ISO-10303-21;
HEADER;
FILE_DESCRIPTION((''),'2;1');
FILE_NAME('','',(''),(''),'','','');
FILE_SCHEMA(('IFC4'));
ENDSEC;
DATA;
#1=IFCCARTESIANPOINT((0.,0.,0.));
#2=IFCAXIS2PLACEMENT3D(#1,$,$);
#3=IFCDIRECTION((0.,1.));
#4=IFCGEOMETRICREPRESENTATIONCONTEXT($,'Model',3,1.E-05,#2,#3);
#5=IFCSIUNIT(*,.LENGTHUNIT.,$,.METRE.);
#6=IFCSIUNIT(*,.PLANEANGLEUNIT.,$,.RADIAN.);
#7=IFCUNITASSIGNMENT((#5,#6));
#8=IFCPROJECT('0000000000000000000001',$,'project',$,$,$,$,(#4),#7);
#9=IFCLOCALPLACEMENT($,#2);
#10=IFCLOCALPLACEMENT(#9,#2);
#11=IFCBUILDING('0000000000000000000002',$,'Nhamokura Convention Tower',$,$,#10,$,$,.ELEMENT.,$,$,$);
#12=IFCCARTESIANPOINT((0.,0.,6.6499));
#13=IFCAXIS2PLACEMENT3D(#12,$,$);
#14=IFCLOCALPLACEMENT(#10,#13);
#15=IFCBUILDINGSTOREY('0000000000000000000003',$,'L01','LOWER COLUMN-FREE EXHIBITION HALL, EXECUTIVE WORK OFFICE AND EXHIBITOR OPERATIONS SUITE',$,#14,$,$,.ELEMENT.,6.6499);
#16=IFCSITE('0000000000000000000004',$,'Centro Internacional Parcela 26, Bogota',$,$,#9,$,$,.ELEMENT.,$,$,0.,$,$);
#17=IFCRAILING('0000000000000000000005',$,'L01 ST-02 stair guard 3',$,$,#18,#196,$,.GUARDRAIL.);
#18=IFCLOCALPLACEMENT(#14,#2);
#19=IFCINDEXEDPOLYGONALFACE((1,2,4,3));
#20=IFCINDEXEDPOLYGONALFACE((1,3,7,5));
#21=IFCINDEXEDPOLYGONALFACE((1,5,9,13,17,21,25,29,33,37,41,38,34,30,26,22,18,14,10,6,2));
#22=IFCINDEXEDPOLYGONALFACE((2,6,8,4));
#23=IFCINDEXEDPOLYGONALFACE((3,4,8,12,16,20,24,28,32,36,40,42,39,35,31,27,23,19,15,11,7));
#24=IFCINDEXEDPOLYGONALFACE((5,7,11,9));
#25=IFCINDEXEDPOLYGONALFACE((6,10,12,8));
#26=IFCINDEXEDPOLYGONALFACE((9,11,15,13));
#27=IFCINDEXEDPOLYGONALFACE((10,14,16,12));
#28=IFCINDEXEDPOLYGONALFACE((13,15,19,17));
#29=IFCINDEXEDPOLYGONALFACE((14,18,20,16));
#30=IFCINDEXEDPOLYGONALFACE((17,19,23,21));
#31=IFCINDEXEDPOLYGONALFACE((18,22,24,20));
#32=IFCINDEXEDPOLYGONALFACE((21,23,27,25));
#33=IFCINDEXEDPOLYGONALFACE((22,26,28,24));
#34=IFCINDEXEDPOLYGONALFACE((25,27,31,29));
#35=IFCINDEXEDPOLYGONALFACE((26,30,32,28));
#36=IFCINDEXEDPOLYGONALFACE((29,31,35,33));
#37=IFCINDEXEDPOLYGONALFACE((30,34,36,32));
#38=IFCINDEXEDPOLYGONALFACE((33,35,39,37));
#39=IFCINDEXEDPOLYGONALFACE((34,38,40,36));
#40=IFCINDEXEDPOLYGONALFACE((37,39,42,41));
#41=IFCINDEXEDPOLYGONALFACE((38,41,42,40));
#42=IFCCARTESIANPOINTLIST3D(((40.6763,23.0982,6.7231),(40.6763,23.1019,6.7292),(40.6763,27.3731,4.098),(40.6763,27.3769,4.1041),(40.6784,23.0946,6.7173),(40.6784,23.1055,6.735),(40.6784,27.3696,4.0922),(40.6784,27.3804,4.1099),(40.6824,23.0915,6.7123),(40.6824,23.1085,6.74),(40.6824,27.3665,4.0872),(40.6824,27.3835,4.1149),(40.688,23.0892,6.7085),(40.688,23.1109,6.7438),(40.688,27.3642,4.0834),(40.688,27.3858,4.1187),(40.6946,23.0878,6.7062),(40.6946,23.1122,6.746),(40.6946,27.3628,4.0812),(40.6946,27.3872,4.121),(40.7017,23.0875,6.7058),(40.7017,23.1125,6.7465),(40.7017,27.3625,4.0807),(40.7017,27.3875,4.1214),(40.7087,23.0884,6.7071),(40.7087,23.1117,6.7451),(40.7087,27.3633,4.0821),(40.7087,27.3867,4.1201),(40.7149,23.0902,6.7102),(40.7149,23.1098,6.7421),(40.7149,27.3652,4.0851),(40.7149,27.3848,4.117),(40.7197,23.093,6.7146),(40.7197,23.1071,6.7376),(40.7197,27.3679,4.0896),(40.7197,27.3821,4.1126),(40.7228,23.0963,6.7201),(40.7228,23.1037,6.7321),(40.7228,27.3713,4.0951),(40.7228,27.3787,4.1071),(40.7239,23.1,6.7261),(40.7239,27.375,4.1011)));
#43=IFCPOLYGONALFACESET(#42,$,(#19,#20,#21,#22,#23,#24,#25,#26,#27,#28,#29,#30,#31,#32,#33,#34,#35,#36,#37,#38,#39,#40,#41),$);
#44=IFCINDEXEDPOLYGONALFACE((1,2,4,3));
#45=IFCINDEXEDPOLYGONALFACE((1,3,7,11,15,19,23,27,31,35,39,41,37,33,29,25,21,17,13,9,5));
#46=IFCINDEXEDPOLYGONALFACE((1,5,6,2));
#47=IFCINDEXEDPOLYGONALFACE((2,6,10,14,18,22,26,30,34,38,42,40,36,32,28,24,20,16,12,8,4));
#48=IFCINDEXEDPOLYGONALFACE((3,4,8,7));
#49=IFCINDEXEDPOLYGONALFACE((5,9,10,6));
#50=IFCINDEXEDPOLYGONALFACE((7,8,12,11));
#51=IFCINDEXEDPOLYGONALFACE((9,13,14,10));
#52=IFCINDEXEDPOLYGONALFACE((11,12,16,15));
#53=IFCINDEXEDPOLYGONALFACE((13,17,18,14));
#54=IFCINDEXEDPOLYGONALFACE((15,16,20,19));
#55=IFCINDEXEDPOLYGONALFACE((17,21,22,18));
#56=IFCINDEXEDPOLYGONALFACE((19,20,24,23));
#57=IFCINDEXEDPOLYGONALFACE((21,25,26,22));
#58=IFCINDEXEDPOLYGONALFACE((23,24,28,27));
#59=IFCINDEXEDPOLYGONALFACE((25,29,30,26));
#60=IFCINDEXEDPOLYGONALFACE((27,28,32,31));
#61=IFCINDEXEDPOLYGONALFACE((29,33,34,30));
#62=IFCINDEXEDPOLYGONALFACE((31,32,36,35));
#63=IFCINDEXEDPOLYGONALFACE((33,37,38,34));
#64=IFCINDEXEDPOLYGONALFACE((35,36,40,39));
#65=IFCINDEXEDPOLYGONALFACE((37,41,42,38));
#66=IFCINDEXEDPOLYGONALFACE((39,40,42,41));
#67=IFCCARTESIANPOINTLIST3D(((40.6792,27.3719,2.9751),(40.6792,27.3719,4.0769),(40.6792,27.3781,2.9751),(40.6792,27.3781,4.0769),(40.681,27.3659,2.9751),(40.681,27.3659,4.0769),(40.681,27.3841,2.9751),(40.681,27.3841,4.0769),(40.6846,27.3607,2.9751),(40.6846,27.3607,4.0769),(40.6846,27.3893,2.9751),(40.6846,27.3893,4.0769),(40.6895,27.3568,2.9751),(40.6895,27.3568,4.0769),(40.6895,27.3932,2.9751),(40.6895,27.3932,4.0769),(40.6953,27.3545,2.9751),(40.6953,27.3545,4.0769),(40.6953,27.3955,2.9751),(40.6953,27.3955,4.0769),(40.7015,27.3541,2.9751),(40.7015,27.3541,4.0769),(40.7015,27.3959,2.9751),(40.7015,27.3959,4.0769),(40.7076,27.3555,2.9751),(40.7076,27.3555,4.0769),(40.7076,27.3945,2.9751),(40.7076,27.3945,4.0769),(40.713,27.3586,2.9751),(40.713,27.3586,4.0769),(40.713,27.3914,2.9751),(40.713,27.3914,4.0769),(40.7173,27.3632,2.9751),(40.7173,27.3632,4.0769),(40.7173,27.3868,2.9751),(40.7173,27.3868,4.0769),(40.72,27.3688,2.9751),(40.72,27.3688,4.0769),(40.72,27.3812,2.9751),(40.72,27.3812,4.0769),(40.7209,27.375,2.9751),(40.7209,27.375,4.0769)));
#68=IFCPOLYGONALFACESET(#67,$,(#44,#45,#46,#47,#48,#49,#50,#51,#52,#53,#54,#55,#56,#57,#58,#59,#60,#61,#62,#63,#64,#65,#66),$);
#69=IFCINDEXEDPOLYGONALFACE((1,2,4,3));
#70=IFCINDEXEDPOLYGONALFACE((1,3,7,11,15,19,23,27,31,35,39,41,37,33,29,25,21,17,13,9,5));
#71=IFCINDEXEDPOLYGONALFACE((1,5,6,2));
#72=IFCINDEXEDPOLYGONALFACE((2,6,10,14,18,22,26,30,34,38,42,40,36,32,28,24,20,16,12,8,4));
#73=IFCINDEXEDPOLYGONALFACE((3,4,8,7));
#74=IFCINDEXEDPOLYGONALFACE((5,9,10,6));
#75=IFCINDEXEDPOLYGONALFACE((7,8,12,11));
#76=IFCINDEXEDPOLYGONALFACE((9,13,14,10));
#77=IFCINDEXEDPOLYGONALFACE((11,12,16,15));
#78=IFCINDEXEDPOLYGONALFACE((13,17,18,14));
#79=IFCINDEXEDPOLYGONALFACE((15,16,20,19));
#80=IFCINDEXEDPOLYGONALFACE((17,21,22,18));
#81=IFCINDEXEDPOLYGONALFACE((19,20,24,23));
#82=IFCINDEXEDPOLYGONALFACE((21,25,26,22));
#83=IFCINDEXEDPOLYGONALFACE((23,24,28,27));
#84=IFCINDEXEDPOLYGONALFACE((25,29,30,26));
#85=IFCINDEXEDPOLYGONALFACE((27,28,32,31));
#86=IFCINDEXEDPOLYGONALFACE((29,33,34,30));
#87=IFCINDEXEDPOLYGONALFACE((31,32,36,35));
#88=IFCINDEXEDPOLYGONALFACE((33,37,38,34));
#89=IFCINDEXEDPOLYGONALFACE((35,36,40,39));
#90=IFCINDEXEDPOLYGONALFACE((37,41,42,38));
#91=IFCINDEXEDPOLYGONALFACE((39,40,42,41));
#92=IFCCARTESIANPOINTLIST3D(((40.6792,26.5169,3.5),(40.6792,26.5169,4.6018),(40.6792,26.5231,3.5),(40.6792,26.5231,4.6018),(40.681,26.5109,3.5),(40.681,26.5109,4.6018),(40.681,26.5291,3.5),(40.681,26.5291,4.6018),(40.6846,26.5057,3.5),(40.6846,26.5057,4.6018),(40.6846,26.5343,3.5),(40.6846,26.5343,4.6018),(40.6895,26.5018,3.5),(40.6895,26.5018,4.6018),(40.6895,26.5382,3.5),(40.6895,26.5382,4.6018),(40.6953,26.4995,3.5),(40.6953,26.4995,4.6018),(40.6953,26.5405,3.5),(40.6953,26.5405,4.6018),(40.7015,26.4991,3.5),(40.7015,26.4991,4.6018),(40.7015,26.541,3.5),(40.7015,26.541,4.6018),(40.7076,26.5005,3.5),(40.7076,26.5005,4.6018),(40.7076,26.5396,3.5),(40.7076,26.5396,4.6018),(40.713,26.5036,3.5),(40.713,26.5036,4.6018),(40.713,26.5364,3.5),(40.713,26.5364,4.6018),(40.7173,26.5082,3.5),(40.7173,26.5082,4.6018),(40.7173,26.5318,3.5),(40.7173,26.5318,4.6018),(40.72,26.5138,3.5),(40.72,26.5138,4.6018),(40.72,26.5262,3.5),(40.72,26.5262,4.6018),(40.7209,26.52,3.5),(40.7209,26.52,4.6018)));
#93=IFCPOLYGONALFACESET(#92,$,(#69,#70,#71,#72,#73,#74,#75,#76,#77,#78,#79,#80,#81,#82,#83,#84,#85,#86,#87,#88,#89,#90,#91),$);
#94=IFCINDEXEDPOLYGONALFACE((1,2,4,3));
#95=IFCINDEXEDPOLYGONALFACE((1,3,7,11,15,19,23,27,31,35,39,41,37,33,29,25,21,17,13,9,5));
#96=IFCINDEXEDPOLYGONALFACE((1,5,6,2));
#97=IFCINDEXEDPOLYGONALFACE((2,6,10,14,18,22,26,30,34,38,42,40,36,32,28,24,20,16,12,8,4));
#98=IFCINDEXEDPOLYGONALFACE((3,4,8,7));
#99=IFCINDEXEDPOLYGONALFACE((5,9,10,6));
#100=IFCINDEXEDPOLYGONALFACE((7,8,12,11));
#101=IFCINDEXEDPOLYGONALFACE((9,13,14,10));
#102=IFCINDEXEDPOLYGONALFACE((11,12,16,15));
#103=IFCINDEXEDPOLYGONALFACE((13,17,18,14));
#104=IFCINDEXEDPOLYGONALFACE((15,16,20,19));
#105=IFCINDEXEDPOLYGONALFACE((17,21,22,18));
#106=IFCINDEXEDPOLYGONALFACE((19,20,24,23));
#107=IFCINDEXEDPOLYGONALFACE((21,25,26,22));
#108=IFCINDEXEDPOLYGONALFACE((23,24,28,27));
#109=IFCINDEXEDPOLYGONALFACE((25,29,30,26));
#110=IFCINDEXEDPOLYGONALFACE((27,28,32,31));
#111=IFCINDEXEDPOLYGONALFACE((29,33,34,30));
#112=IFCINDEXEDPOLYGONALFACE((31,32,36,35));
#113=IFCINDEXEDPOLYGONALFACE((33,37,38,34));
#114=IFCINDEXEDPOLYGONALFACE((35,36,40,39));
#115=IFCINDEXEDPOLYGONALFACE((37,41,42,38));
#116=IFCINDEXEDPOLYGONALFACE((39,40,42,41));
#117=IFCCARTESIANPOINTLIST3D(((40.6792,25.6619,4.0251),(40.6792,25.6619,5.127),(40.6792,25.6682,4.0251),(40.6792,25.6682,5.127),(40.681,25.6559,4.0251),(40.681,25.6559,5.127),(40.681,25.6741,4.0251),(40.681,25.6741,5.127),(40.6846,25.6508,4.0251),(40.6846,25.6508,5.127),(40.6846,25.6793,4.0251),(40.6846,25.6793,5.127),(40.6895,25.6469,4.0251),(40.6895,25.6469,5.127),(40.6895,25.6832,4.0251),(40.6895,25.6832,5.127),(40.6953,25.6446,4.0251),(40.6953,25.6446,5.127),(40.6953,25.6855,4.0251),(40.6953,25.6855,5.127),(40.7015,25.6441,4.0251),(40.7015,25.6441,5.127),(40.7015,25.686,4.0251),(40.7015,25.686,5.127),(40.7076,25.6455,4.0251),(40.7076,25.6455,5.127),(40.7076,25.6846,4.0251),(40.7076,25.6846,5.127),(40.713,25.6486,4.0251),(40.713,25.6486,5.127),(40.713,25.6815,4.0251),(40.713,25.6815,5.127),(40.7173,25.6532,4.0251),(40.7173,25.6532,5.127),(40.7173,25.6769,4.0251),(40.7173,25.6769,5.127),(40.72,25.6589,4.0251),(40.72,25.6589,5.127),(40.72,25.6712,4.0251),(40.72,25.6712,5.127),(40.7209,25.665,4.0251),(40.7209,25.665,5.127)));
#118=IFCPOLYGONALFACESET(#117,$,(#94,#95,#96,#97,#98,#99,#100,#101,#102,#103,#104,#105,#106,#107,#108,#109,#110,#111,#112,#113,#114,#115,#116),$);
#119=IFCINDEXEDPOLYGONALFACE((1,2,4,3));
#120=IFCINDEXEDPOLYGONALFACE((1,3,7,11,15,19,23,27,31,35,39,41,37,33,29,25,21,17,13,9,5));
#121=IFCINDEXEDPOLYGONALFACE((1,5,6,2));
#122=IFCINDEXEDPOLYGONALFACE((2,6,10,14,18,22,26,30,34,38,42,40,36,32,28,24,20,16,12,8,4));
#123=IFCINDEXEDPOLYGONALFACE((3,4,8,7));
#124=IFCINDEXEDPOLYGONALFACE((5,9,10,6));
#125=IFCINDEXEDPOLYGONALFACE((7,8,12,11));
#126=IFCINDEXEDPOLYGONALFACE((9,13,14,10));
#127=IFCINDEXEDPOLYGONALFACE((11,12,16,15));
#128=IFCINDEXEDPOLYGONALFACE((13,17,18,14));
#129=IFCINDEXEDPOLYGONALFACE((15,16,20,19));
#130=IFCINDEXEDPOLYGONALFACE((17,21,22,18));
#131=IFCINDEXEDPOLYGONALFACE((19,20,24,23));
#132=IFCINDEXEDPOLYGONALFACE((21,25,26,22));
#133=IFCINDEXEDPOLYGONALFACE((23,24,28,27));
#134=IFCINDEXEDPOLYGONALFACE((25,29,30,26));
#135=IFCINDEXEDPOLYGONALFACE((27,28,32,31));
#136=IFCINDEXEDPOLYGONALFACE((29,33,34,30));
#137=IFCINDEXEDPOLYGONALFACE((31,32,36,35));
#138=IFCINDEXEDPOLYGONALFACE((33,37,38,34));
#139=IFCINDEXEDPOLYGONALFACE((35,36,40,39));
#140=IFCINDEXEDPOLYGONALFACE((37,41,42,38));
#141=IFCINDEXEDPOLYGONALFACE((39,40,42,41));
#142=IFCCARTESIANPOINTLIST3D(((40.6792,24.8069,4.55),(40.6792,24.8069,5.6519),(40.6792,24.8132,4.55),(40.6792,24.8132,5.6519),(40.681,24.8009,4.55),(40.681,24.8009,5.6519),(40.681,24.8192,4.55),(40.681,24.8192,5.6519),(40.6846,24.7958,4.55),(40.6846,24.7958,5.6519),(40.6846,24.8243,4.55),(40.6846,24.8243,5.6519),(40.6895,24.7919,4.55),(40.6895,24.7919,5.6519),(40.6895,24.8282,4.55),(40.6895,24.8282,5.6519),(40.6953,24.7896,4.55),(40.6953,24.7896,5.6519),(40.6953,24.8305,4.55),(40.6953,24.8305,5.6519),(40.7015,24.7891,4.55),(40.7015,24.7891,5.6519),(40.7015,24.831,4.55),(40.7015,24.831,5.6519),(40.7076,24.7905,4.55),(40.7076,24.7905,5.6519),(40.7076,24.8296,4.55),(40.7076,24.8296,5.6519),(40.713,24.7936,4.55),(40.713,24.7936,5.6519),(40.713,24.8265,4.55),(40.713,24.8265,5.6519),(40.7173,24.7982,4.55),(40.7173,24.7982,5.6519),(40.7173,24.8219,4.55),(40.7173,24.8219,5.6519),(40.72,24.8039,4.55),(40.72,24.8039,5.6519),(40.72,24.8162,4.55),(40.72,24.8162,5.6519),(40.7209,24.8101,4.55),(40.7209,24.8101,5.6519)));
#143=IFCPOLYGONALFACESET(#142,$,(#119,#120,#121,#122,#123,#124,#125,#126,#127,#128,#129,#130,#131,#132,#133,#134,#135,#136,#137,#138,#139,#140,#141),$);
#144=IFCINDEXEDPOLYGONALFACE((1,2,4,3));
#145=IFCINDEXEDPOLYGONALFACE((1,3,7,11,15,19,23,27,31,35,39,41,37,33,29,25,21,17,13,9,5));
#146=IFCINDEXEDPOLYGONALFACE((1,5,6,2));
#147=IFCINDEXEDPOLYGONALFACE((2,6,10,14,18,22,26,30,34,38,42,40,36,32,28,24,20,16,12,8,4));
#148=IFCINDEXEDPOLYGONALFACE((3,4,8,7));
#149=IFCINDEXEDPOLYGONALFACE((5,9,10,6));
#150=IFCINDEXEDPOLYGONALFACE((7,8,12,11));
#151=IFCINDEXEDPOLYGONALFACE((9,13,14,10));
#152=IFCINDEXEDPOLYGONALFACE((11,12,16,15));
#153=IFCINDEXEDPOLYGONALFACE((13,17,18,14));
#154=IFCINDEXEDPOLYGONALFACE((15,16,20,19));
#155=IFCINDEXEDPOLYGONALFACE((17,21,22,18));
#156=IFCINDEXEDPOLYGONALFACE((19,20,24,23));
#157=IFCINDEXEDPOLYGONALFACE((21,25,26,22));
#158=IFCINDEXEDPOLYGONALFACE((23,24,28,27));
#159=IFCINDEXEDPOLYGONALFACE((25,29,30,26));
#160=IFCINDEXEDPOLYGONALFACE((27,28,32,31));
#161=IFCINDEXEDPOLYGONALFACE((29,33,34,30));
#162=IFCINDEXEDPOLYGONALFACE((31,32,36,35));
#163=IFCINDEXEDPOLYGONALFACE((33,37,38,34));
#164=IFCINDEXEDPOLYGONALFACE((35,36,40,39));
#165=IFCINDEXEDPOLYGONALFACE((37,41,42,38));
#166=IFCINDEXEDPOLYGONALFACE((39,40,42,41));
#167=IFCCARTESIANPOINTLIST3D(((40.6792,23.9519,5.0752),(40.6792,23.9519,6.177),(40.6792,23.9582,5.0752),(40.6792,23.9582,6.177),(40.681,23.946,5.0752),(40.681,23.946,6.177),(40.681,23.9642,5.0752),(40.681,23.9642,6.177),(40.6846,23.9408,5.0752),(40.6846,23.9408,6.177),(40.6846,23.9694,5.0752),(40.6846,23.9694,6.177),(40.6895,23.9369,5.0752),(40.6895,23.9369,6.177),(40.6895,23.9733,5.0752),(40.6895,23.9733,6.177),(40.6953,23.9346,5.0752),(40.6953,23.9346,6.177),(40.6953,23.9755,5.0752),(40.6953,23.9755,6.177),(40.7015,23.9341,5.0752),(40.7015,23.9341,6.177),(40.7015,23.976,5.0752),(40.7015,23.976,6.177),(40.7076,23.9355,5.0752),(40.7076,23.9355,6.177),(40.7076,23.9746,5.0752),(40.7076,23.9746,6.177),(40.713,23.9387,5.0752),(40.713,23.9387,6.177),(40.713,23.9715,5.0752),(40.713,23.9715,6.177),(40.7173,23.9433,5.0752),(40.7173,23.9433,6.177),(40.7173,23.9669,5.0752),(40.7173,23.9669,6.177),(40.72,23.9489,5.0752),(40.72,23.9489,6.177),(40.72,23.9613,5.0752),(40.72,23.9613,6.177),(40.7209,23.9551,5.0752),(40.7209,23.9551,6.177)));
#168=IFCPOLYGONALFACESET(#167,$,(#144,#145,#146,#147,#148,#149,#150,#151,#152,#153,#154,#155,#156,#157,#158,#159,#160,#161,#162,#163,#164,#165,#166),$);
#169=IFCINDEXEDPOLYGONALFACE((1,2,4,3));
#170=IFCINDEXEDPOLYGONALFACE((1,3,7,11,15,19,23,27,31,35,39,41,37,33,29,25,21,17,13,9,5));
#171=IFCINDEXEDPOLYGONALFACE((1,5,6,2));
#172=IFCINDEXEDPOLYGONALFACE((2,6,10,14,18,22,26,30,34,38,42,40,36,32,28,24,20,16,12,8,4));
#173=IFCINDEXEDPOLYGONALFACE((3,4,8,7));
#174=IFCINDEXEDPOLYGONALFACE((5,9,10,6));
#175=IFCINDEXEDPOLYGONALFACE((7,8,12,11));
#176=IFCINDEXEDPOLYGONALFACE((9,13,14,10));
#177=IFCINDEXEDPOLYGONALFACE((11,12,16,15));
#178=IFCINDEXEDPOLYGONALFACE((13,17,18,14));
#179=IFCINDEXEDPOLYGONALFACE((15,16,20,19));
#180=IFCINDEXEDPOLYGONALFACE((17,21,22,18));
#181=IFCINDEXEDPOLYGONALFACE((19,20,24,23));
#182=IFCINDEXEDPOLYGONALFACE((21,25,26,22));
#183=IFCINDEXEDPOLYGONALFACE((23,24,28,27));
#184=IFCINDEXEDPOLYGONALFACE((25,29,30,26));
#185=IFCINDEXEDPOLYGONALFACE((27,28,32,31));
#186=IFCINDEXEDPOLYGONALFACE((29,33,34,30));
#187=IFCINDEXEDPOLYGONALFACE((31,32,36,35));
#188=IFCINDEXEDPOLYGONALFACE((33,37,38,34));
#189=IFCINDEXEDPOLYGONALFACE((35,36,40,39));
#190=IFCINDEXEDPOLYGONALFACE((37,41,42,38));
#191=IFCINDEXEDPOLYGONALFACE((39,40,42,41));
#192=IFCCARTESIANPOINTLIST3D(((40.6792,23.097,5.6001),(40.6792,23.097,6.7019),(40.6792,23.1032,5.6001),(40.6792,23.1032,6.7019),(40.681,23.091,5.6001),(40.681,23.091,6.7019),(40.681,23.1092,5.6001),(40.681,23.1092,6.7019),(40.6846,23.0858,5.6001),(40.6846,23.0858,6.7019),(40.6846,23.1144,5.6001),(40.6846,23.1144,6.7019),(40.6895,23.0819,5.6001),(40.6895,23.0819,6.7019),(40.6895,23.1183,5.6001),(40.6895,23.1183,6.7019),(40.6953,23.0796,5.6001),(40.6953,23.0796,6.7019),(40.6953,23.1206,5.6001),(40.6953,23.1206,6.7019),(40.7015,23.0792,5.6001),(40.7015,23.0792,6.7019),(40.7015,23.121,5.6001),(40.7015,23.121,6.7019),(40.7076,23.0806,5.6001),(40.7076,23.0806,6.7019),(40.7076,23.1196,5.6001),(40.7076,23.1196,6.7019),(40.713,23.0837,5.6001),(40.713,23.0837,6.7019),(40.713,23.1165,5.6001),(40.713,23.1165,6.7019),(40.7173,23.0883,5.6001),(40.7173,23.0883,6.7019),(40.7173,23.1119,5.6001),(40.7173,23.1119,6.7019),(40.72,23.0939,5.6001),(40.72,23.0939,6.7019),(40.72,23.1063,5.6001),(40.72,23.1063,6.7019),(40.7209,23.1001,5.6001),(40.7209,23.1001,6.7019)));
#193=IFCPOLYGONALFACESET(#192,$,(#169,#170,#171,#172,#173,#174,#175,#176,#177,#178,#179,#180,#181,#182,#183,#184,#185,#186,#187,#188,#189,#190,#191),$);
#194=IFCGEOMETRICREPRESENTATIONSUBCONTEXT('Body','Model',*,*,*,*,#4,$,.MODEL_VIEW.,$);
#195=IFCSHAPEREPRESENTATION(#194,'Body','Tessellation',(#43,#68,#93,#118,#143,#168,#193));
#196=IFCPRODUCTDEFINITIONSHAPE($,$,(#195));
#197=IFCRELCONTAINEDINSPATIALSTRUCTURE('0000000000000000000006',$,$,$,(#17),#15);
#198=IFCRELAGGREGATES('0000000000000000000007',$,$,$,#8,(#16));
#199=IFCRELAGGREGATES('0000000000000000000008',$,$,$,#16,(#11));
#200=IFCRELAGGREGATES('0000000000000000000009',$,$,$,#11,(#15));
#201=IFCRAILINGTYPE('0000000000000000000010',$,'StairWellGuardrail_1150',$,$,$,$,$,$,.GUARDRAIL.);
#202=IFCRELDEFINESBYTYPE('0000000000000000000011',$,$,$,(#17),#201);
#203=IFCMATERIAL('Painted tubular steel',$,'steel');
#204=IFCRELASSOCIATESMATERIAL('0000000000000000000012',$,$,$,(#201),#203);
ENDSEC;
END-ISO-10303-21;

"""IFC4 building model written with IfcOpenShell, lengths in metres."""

from ifc_helpers import new_model, si_unit, direction, frame, origin, origin_2d, place, context, subcontext, project, spatial, circle, extrude, material, type_object, element, save


model = new_model("IFC4")

# Units and contexts
model_context = context("Model", 3, precision=1e-05, world=origin(), true_north=direction((0.0, 1.0)))
body_context = subcontext(model_context, "Body", "Model", "MODEL_VIEW")
ifc_project = project(units=[si_unit("LENGTHUNIT", "METRE"), si_unit("PLANEANGLEUNIT", "RADIAN")], contexts=[model_context])

# Site, building, storey
site_placement = place(None, origin())
site = spatial("IfcSite", under=ifc_project, at=site_placement, Name="Centro Internacional Parcela 26, Bogota", CompositionType="ELEMENT", RefElevation=0.0)
building_placement = place(site_placement, origin())
building = spatial("IfcBuilding", under=site, at=building_placement, Name="Nhamokura Convention Tower", CompositionType="ELEMENT")
storey_placement = place(building_placement, frame((0.0, 0.0, 6.6499)))
storey = spatial("IfcBuildingStorey", under=building, at=storey_placement, Name="L01", Description="LOWER COLUMN-FREE EXHIBITION HALL, EXECUTIVE WORK OFFICE AND EXHIBITOR OPERATIONS SUITE", CompositionType="ELEMENT", Elevation=6.6499)

# Railing
ifc_material_1 = material(Name="Painted tubular steel", Category="steel")
railing_type_1 = type_object("IfcRailingType", Name="StairWellGuardrail_1150", PredefinedType="GUARDRAIL", material=ifc_material_1)
railing_1_placement = place(storey_placement, frame((40.7, 27.375, 2.9751)))
element("IfcRailing", 1, at=railing_1_placement, inside=storey, type_object=railing_type_1, Name="L01 ST-02 stair guard 3", PredefinedType="GUARDRAIL", context=body_context, shape_type="SweptSolid", body=[
    extrude(circle(Radius=0.0239, at=origin_2d()), frame((0.0, 0.0, 1.126), z_axis=(0.0, -0.852166, 0.523272), x_axis=(1.0, 0.0, 0.0)), (0.0, 0.0, 1.0), 5.0166),
    extrude(circle(Radius=0.021, at=origin_2d()), origin(), (0.0, 0.0, 1.0), 1.1018),
    extrude(circle(Radius=0.021, at=origin_2d()), frame((0.0, -0.855, 0.5249)), (0.0, 0.0, 1.0), 1.1018),
    extrude(circle(Radius=0.021, at=origin_2d()), frame((0.0, -1.71, 1.05)), (0.0, 0.0, 1.0), 1.1018),
    extrude(circle(Radius=0.021, at=origin_2d()), frame((0.0, -2.5649, 1.575)), (0.0, 0.0, 1.0), 1.1018),
    extrude(circle(Radius=0.021, at=origin_2d()), frame((0.0, -3.4199, 2.1001)), (0.0, 0.0, 1.0), 1.1018),
    extrude(circle(Radius=0.021, at=origin_2d()), frame((0.0, -4.2749, 2.625)), (0.0, 0.0, 1.0), 1.1018),
])

save(model, "model.ifc")
